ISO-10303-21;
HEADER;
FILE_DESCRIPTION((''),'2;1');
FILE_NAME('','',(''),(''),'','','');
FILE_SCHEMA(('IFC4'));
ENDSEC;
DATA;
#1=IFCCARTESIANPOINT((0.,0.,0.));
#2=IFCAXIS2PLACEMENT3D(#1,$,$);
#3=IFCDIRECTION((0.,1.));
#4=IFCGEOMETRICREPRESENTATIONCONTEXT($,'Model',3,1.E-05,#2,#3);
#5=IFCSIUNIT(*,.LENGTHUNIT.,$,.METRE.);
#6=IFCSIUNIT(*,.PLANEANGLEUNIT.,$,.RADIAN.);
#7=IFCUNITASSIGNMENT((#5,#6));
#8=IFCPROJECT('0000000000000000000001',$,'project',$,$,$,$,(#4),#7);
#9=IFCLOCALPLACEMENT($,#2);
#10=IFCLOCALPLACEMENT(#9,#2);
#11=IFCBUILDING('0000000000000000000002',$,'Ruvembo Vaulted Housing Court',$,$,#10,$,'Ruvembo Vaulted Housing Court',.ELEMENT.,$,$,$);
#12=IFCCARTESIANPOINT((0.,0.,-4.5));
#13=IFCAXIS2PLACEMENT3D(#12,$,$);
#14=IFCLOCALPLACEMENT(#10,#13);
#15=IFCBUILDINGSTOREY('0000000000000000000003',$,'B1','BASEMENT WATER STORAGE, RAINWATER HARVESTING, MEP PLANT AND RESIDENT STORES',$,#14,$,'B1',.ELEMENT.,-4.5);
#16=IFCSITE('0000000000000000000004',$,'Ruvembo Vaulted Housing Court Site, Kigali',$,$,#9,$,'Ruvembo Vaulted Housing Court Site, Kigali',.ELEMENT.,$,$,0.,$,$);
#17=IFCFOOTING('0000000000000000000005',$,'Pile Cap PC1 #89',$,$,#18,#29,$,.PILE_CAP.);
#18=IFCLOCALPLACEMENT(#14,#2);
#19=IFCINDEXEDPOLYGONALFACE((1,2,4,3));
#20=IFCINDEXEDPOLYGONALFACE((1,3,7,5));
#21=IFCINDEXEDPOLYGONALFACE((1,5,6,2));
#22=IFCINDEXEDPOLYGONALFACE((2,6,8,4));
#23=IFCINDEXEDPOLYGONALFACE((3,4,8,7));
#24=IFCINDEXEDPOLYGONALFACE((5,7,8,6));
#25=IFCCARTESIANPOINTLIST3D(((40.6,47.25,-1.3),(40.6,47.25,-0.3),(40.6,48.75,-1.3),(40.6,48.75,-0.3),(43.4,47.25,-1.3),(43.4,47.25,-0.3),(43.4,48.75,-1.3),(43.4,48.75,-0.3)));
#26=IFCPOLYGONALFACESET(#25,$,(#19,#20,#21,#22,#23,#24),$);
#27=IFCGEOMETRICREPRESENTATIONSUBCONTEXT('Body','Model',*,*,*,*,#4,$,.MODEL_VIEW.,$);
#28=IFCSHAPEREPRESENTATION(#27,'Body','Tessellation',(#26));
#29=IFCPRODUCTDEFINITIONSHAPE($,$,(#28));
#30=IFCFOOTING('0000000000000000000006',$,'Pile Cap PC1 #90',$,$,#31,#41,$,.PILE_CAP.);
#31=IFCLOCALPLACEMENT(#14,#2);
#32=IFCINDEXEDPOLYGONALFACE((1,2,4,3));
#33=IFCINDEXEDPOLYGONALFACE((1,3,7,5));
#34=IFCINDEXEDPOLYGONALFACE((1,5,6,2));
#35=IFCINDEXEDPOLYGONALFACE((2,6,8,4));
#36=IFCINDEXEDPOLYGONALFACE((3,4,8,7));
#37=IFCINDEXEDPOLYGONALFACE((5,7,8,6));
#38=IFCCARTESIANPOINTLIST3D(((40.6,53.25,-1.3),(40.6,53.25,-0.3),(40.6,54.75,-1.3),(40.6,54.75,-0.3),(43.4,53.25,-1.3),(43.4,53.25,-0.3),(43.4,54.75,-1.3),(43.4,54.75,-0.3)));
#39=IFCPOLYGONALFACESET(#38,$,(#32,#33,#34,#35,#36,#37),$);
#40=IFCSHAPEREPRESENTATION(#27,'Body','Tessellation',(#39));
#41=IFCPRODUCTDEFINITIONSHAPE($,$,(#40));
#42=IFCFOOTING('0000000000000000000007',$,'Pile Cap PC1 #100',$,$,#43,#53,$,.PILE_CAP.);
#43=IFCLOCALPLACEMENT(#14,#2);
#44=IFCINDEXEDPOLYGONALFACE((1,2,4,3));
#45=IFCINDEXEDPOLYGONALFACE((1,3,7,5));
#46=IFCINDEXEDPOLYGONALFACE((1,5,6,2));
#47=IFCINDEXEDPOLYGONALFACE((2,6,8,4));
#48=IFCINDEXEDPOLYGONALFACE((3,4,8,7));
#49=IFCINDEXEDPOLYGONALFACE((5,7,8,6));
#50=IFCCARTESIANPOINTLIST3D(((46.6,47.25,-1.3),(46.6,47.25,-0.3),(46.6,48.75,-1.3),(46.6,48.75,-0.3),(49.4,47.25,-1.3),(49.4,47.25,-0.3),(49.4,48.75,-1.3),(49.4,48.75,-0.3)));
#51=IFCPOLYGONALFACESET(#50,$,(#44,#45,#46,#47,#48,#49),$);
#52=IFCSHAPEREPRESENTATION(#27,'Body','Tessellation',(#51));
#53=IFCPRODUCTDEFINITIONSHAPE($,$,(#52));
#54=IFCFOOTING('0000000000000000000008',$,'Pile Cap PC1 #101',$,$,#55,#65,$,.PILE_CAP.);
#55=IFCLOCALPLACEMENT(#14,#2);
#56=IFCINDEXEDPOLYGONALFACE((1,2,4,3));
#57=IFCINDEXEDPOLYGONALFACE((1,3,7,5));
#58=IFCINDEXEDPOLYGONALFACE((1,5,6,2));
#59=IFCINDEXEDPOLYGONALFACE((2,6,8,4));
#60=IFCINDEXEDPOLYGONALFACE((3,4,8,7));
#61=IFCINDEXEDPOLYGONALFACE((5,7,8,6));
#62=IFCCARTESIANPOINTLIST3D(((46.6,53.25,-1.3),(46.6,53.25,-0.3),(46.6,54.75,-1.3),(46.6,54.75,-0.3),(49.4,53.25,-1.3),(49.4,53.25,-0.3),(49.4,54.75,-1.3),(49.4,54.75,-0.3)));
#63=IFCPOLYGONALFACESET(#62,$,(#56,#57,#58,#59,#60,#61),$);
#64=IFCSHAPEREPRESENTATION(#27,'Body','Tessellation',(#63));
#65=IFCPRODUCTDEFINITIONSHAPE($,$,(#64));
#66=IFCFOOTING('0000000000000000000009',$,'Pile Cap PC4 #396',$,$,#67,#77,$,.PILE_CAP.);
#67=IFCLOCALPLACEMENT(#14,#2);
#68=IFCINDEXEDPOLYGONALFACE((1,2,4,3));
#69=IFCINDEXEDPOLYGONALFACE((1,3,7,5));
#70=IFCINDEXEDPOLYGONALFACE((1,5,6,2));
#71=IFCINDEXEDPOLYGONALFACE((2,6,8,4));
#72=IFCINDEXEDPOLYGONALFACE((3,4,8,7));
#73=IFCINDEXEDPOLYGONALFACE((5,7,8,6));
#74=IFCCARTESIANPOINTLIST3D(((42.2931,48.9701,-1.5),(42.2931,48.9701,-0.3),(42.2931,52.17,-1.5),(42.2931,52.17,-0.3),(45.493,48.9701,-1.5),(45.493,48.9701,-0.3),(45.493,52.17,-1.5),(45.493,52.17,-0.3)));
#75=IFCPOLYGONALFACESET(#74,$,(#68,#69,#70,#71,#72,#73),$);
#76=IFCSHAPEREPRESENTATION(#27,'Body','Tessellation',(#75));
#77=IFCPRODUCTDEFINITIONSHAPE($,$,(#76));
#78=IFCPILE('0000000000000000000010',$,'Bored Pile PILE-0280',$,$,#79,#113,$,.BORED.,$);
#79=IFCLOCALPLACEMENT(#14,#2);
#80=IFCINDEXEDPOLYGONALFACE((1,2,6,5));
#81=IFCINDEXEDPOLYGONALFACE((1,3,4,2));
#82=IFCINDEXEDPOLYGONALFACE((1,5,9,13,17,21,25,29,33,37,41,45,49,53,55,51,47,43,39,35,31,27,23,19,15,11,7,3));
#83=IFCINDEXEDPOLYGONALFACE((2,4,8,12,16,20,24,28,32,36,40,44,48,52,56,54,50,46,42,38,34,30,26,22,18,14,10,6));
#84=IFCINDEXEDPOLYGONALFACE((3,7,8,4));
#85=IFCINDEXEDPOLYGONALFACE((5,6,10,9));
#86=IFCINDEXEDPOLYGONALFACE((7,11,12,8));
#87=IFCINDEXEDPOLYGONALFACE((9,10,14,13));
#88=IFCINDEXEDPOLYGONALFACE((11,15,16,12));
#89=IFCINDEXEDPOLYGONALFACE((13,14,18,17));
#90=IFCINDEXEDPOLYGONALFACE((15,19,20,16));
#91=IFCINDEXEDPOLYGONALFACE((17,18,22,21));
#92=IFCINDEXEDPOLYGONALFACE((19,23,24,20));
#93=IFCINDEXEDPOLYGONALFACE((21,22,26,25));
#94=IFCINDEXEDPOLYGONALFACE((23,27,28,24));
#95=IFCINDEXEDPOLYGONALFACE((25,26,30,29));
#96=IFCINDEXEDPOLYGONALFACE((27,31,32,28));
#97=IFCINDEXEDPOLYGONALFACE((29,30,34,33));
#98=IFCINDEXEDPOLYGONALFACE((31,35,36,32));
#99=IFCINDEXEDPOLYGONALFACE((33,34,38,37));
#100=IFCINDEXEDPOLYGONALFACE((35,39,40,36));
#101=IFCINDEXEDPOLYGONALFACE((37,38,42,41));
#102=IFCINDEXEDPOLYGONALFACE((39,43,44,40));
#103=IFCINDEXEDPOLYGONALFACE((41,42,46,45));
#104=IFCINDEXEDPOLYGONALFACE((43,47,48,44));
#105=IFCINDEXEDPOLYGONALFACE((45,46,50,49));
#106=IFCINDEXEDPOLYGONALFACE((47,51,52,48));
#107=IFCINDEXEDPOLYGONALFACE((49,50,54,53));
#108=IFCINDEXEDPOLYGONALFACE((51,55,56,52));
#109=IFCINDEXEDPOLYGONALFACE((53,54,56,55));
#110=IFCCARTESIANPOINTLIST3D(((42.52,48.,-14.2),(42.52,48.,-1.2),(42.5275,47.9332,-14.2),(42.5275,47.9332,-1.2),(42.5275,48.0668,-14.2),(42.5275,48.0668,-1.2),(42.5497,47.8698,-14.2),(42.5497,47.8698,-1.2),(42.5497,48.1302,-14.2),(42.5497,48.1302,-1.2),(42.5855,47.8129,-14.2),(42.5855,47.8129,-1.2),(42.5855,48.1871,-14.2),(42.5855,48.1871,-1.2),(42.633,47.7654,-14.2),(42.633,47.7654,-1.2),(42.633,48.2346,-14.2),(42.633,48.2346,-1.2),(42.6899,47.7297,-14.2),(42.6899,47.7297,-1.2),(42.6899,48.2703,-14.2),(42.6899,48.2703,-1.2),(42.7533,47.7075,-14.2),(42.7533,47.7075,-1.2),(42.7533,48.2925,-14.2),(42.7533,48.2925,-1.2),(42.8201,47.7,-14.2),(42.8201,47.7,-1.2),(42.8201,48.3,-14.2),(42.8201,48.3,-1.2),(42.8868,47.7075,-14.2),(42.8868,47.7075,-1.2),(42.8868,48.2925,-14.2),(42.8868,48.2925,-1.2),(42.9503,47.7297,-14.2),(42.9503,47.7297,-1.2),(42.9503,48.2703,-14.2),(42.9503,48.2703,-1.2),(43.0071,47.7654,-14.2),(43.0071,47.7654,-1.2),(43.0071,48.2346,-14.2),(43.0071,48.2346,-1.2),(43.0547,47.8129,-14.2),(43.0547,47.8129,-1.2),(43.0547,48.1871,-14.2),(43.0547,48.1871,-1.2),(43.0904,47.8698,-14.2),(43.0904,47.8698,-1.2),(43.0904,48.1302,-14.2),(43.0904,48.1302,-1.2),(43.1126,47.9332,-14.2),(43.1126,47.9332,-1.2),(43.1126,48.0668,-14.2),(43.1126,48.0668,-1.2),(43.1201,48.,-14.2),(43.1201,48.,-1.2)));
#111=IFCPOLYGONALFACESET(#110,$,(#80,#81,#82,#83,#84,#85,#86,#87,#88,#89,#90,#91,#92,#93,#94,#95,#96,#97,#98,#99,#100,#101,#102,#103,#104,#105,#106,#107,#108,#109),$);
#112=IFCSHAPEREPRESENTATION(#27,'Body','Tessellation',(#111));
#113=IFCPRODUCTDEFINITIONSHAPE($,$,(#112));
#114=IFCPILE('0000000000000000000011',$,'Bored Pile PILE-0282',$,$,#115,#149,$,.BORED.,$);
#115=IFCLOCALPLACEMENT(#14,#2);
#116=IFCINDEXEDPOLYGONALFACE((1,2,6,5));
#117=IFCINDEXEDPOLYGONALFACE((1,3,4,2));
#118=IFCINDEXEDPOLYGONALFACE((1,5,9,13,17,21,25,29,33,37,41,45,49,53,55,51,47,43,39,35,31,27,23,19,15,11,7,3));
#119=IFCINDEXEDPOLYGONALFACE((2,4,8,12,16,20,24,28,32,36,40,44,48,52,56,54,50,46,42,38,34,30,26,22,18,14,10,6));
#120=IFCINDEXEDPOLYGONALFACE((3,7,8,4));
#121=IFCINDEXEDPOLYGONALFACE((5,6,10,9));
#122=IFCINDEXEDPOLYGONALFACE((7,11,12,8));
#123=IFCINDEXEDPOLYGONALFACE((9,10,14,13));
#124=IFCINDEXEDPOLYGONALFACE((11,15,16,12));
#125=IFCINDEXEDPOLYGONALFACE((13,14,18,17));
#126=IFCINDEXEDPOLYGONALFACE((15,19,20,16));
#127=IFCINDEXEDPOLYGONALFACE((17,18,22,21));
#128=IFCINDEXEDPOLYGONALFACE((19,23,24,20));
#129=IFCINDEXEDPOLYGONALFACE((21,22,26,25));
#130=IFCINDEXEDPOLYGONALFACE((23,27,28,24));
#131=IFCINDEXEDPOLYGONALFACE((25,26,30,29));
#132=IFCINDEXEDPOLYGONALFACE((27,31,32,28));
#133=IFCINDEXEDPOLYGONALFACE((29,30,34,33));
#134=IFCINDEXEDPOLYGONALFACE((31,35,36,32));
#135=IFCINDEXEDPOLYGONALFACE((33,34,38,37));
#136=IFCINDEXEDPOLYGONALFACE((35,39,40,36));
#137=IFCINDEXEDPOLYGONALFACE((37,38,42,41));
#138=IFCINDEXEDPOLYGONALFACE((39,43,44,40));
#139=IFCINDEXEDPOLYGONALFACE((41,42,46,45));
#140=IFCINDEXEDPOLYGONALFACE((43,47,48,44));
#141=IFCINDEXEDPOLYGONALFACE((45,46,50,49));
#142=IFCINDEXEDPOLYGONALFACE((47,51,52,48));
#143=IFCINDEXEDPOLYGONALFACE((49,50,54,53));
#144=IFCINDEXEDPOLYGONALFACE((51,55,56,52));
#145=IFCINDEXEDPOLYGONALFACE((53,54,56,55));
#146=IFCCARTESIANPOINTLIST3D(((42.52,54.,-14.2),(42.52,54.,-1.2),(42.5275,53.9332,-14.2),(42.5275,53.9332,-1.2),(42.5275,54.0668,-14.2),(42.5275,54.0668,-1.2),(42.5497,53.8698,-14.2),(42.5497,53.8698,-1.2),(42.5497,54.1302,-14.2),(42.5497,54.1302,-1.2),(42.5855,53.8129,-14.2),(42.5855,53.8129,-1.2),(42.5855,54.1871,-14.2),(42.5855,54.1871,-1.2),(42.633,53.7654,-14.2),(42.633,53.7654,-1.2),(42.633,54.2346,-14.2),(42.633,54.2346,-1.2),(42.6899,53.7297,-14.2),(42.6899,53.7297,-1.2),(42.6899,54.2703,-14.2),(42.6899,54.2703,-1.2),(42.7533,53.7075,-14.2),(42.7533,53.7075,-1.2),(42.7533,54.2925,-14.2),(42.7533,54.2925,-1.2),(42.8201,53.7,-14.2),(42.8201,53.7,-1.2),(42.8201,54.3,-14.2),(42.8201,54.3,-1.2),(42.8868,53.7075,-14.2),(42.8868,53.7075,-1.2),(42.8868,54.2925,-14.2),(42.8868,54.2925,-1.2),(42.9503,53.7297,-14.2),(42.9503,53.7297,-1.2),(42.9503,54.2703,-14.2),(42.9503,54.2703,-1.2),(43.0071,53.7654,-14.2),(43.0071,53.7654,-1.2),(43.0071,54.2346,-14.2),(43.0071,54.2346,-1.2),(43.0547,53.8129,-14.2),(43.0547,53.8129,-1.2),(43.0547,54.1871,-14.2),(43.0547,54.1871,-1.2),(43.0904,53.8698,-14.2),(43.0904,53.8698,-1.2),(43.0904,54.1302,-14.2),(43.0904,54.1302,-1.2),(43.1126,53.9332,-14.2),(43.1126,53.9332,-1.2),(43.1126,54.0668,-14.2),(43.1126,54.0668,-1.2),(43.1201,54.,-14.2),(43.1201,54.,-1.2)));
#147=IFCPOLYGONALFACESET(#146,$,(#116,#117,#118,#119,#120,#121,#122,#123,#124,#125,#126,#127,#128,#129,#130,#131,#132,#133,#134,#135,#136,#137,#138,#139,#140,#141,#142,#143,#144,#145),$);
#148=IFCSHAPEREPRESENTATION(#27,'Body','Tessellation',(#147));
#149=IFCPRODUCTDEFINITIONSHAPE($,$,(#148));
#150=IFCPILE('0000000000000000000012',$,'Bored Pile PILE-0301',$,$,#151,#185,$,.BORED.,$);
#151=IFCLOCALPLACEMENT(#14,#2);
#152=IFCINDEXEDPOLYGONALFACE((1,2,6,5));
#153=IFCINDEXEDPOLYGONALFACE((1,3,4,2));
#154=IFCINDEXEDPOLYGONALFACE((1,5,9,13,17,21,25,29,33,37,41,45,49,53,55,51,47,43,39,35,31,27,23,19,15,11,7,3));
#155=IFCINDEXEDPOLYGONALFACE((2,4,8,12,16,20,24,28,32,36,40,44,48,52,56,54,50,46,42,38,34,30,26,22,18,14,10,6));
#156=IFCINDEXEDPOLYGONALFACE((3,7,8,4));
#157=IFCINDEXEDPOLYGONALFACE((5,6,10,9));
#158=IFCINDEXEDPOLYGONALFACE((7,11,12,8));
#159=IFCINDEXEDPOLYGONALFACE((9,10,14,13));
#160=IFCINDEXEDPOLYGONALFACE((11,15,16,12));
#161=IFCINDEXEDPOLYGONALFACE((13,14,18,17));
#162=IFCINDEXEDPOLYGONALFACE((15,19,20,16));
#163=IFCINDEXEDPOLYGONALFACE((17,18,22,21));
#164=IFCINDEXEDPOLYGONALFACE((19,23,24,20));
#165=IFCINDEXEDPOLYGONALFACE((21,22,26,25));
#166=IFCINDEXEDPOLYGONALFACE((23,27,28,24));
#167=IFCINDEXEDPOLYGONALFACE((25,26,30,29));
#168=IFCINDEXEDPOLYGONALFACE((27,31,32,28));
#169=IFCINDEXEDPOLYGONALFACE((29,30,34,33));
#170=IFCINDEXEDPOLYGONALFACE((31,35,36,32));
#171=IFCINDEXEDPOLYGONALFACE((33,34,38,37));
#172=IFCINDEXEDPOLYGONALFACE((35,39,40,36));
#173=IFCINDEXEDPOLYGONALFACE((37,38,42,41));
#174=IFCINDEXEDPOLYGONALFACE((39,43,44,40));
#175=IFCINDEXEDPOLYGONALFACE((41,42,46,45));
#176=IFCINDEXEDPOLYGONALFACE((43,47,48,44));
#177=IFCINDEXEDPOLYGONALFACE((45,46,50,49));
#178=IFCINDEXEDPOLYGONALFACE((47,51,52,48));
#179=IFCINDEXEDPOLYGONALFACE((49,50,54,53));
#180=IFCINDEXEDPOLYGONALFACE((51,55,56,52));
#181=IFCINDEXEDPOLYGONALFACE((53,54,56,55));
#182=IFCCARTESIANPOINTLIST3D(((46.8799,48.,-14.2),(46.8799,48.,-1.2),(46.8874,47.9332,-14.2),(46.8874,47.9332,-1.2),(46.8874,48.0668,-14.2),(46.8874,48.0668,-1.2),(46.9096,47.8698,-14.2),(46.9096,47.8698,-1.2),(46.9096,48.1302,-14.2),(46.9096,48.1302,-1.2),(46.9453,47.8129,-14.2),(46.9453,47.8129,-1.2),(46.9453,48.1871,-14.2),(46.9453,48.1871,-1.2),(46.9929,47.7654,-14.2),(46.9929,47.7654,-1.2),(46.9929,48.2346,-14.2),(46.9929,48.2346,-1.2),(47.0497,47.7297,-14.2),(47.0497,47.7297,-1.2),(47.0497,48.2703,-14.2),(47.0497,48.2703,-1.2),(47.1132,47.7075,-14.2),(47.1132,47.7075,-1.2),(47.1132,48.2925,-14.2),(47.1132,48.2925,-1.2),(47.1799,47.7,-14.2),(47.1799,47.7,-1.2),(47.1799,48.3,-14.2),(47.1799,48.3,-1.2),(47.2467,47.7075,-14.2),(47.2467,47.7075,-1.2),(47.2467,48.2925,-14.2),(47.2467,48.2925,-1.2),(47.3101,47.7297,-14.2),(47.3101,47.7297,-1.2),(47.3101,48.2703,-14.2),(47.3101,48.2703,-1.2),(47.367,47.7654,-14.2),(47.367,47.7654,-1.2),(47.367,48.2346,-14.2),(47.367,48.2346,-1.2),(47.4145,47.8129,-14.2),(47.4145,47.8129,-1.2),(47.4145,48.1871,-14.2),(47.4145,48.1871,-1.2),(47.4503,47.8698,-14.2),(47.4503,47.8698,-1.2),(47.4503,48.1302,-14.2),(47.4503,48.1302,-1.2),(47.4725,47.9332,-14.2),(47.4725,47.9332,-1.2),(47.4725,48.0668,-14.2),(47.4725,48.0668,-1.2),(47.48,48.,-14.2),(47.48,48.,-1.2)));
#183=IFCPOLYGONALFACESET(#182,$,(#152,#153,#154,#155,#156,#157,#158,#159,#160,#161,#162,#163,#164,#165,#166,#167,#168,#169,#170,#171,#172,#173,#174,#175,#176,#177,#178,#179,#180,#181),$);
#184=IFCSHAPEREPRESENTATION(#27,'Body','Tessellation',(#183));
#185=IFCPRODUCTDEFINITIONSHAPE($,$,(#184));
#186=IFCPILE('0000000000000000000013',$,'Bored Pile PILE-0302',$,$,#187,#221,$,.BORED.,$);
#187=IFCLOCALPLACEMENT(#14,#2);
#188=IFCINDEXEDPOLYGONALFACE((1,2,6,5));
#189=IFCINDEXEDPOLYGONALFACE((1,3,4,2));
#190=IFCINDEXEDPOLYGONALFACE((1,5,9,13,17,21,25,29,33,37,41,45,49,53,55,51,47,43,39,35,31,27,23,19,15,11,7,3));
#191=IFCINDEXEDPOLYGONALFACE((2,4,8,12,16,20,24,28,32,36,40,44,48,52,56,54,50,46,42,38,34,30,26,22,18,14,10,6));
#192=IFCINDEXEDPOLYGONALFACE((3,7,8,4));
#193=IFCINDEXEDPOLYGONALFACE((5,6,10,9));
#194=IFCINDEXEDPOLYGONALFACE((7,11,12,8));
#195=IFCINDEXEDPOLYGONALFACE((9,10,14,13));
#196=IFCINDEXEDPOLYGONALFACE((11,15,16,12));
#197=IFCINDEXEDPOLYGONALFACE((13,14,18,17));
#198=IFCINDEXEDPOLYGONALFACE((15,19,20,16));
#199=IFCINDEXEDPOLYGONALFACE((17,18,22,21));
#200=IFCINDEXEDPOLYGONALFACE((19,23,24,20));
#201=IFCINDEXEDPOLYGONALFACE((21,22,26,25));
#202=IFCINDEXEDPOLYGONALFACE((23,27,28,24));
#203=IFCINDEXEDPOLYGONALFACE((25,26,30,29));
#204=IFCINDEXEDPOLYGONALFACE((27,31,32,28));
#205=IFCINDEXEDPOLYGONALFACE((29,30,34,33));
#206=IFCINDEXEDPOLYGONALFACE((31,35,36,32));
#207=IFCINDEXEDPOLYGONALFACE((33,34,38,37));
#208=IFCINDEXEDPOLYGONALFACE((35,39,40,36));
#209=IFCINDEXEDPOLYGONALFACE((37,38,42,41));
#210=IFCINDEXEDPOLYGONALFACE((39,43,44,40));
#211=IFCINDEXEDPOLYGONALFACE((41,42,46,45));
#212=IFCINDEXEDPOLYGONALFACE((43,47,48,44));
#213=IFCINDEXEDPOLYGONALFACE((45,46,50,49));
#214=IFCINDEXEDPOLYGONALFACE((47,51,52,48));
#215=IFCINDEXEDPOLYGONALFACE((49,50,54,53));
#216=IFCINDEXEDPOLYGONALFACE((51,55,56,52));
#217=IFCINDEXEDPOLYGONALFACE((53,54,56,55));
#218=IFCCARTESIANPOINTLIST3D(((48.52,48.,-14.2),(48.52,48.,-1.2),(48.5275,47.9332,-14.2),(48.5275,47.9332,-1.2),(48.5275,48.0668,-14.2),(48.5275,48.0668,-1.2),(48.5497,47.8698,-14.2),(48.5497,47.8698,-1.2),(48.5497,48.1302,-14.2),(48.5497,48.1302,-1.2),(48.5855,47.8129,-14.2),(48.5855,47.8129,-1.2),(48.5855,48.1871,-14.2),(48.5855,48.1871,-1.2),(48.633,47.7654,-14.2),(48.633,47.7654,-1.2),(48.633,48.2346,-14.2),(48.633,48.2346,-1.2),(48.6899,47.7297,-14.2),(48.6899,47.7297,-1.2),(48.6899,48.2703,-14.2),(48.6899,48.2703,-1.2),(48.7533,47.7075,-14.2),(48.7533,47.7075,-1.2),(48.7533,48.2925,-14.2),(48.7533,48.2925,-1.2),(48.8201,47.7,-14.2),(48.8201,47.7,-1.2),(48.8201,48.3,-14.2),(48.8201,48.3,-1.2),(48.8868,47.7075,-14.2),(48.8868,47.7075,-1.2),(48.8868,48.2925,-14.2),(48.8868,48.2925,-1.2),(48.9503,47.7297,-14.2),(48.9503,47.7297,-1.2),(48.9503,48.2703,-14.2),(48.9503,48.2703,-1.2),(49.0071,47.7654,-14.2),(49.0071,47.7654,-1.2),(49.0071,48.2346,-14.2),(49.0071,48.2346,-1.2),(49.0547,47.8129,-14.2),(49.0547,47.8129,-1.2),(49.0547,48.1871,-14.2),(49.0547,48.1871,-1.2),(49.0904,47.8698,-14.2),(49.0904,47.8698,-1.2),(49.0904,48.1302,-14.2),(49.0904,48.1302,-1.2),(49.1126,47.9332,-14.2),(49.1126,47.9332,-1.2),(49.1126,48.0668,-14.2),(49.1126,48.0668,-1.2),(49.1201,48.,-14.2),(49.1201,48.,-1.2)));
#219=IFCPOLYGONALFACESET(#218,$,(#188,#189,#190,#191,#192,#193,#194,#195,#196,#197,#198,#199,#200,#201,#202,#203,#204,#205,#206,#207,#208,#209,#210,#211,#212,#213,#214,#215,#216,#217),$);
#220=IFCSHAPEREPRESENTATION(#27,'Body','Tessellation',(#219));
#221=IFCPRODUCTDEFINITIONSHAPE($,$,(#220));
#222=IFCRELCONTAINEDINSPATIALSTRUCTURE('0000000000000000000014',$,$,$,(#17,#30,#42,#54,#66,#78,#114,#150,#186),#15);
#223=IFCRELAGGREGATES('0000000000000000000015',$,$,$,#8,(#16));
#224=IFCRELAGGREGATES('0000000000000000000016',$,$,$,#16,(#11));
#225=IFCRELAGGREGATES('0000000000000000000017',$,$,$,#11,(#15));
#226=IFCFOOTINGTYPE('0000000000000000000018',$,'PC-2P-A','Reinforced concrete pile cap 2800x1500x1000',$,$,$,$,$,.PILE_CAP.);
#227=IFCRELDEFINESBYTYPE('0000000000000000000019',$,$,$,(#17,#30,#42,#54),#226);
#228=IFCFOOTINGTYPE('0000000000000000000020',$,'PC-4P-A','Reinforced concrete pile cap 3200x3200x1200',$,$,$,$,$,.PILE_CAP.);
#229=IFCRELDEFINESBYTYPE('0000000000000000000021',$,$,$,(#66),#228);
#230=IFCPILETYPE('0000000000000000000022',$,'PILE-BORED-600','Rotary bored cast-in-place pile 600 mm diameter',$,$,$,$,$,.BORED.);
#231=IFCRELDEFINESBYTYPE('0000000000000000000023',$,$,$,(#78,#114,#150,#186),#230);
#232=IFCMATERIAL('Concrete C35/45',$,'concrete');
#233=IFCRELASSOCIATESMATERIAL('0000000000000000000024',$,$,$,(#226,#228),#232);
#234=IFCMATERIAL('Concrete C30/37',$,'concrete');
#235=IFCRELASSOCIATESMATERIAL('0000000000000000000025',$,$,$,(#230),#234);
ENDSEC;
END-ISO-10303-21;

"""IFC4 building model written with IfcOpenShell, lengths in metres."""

from ifc_helpers import new_model, si_unit, direction, frame, origin, origin_2d, place, context, subcontext, project, spatial, rectangle, circle, extrude, material, material_profile, profile_set, type_object, element, save


model = new_model("IFC4")

# Units and contexts
model_context = context("Model", 3, precision=1e-05, world=origin(), true_north=direction((0.0, 1.0)))
body_context = subcontext(model_context, "Body", "Model", "MODEL_VIEW")
ifc_project = project(units=[si_unit("LENGTHUNIT", "METRE"), si_unit("PLANEANGLEUNIT", "RADIAN")], contexts=[model_context])

# Site, building, storey
site_placement = place(None, origin())
site = spatial("IfcSite", under=ifc_project, at=site_placement, Name="Ruvembo Vaulted Housing Court Site, Kigali", LongName="Ruvembo Vaulted Housing Court Site, Kigali", CompositionType="ELEMENT", RefElevation=0.0)
building_placement = place(site_placement, origin())
building = spatial("IfcBuilding", under=site, at=building_placement, Name="Ruvembo Vaulted Housing Court", LongName="Ruvembo Vaulted Housing Court", CompositionType="ELEMENT")
storey_placement = place(building_placement, frame((0.0, 0.0, -4.5)))
storey = spatial("IfcBuildingStorey", under=building, at=storey_placement, Name="B1", Description="BASEMENT WATER STORAGE, RAINWATER HARVESTING, MEP PLANT AND RESIDENT STORES", LongName="B1", CompositionType="ELEMENT", Elevation=-4.5)

# Footings
ifc_material_1 = material(Name="Concrete C35/45", Category="concrete")
footing_type_1 = type_object("IfcFootingType", Name="PC-2P-A", Description="Reinforced concrete pile cap 2800x1500x1000", PredefinedType="PILE_CAP", material=ifc_material_1)
for number, where, z_axis, x_axis, name in (
    (1, (42.0, 48.0, -1.3), (0.0, 0.0, 1.0), (1.0, 0.0, 0.0), "Pile Cap PC1 #89"),
    (2, (42.0, 54.0, -1.3), (0.0, 0.0, 1.0), (1.0, 0.0, 0.0), "Pile Cap PC1 #90"),
    (3, (48.0, 48.0, -1.3), (0.0, 0.0, 1.0), (1.0, 0.0, 0.0), "Pile Cap PC1 #100"),
    (4, (48.0, 54.0, -1.3), (0.0, 0.0, 1.0), (1.0, 0.0, 0.0), "Pile Cap PC1 #101"),
):
    element("IfcFooting", number, at=place(storey_placement, frame(where, z_axis=z_axis, x_axis=x_axis)), inside=storey, type_object=footing_type_1, Name=name, PredefinedType="PILE_CAP", context=body_context, shape_type="SweptSolid", body=[
        extrude(rectangle(XDim=2.8, YDim=1.5, at=origin_2d()), origin(), (0.0, 0.0, 1.0), 1.0),
    ])
footing_type_2 = type_object("IfcFootingType", Name="PC-4P-A", Description="Reinforced concrete pile cap 3200x3200x1200", PredefinedType="PILE_CAP", material=ifc_material_1)
footing_placement = place(storey_placement, frame((43.8931, 50.5701, -1.5), z_axis=(0.0, 0.0, 1.0), x_axis=(1.0, 0.0, 0.0)))
element("IfcFooting", 5, at=footing_placement, inside=storey, type_object=footing_type_2, Name="Pile Cap PC4 #396", PredefinedType="PILE_CAP", context=body_context, shape_type="SweptSolid", body=[
    extrude(rectangle(XDim=3.2, YDim=3.2, at=origin_2d()), origin(), (0.0, 0.0, 1.0), 1.2),
])

# Piles
ifc_material_2 = material(Name="Concrete C30/37", Category="concrete")
ifc_material_profile_1 = material_profile(ifc_material_2, circle(Radius=0.3, at=origin_2d()), Name="PILE D600")
ifc_profile_set_1 = profile_set([ifc_material_profile_1], Name="Concrete C30/37")
pile_type_1 = type_object("IfcPileType", Name="PILE-BORED-600", Description="Rotary bored cast-in-place pile 600 mm diameter", PredefinedType="BORED", material=ifc_profile_set_1)
for number, where, z_axis, x_axis, name in (
    (6, (42.8201, 48.0, -1.2), (0.0, 0.0, -1.0), (1.0, 0.0, 0.0), "Bored Pile PILE-0280"),
    (7, (42.8201, 54.0, -1.2), (0.0, 0.0, -1.0), (1.0, 0.0, 0.0), "Bored Pile PILE-0282"),
    (8, (47.1799, 48.0, -1.2), (0.0, 0.0, -1.0), (1.0, 0.0, 0.0), "Bored Pile PILE-0301"),
    (9, (48.8201, 48.0, -1.2), (0.0, 0.0, -1.0), (1.0, 0.0, 0.0), "Bored Pile PILE-0302"),
):
    element("IfcPile", number, at=place(storey_placement, frame(where, z_axis=z_axis, x_axis=x_axis)), inside=storey, type_object=pile_type_1, Name=name, PredefinedType="BORED", context=body_context, shape_type="SweptSolid", body=[
        extrude(circle(Radius=0.3, at=origin_2d()), origin(), (0.0, 0.0, 1.0), 13.0),
    ])

save(model, "model.ifc")
